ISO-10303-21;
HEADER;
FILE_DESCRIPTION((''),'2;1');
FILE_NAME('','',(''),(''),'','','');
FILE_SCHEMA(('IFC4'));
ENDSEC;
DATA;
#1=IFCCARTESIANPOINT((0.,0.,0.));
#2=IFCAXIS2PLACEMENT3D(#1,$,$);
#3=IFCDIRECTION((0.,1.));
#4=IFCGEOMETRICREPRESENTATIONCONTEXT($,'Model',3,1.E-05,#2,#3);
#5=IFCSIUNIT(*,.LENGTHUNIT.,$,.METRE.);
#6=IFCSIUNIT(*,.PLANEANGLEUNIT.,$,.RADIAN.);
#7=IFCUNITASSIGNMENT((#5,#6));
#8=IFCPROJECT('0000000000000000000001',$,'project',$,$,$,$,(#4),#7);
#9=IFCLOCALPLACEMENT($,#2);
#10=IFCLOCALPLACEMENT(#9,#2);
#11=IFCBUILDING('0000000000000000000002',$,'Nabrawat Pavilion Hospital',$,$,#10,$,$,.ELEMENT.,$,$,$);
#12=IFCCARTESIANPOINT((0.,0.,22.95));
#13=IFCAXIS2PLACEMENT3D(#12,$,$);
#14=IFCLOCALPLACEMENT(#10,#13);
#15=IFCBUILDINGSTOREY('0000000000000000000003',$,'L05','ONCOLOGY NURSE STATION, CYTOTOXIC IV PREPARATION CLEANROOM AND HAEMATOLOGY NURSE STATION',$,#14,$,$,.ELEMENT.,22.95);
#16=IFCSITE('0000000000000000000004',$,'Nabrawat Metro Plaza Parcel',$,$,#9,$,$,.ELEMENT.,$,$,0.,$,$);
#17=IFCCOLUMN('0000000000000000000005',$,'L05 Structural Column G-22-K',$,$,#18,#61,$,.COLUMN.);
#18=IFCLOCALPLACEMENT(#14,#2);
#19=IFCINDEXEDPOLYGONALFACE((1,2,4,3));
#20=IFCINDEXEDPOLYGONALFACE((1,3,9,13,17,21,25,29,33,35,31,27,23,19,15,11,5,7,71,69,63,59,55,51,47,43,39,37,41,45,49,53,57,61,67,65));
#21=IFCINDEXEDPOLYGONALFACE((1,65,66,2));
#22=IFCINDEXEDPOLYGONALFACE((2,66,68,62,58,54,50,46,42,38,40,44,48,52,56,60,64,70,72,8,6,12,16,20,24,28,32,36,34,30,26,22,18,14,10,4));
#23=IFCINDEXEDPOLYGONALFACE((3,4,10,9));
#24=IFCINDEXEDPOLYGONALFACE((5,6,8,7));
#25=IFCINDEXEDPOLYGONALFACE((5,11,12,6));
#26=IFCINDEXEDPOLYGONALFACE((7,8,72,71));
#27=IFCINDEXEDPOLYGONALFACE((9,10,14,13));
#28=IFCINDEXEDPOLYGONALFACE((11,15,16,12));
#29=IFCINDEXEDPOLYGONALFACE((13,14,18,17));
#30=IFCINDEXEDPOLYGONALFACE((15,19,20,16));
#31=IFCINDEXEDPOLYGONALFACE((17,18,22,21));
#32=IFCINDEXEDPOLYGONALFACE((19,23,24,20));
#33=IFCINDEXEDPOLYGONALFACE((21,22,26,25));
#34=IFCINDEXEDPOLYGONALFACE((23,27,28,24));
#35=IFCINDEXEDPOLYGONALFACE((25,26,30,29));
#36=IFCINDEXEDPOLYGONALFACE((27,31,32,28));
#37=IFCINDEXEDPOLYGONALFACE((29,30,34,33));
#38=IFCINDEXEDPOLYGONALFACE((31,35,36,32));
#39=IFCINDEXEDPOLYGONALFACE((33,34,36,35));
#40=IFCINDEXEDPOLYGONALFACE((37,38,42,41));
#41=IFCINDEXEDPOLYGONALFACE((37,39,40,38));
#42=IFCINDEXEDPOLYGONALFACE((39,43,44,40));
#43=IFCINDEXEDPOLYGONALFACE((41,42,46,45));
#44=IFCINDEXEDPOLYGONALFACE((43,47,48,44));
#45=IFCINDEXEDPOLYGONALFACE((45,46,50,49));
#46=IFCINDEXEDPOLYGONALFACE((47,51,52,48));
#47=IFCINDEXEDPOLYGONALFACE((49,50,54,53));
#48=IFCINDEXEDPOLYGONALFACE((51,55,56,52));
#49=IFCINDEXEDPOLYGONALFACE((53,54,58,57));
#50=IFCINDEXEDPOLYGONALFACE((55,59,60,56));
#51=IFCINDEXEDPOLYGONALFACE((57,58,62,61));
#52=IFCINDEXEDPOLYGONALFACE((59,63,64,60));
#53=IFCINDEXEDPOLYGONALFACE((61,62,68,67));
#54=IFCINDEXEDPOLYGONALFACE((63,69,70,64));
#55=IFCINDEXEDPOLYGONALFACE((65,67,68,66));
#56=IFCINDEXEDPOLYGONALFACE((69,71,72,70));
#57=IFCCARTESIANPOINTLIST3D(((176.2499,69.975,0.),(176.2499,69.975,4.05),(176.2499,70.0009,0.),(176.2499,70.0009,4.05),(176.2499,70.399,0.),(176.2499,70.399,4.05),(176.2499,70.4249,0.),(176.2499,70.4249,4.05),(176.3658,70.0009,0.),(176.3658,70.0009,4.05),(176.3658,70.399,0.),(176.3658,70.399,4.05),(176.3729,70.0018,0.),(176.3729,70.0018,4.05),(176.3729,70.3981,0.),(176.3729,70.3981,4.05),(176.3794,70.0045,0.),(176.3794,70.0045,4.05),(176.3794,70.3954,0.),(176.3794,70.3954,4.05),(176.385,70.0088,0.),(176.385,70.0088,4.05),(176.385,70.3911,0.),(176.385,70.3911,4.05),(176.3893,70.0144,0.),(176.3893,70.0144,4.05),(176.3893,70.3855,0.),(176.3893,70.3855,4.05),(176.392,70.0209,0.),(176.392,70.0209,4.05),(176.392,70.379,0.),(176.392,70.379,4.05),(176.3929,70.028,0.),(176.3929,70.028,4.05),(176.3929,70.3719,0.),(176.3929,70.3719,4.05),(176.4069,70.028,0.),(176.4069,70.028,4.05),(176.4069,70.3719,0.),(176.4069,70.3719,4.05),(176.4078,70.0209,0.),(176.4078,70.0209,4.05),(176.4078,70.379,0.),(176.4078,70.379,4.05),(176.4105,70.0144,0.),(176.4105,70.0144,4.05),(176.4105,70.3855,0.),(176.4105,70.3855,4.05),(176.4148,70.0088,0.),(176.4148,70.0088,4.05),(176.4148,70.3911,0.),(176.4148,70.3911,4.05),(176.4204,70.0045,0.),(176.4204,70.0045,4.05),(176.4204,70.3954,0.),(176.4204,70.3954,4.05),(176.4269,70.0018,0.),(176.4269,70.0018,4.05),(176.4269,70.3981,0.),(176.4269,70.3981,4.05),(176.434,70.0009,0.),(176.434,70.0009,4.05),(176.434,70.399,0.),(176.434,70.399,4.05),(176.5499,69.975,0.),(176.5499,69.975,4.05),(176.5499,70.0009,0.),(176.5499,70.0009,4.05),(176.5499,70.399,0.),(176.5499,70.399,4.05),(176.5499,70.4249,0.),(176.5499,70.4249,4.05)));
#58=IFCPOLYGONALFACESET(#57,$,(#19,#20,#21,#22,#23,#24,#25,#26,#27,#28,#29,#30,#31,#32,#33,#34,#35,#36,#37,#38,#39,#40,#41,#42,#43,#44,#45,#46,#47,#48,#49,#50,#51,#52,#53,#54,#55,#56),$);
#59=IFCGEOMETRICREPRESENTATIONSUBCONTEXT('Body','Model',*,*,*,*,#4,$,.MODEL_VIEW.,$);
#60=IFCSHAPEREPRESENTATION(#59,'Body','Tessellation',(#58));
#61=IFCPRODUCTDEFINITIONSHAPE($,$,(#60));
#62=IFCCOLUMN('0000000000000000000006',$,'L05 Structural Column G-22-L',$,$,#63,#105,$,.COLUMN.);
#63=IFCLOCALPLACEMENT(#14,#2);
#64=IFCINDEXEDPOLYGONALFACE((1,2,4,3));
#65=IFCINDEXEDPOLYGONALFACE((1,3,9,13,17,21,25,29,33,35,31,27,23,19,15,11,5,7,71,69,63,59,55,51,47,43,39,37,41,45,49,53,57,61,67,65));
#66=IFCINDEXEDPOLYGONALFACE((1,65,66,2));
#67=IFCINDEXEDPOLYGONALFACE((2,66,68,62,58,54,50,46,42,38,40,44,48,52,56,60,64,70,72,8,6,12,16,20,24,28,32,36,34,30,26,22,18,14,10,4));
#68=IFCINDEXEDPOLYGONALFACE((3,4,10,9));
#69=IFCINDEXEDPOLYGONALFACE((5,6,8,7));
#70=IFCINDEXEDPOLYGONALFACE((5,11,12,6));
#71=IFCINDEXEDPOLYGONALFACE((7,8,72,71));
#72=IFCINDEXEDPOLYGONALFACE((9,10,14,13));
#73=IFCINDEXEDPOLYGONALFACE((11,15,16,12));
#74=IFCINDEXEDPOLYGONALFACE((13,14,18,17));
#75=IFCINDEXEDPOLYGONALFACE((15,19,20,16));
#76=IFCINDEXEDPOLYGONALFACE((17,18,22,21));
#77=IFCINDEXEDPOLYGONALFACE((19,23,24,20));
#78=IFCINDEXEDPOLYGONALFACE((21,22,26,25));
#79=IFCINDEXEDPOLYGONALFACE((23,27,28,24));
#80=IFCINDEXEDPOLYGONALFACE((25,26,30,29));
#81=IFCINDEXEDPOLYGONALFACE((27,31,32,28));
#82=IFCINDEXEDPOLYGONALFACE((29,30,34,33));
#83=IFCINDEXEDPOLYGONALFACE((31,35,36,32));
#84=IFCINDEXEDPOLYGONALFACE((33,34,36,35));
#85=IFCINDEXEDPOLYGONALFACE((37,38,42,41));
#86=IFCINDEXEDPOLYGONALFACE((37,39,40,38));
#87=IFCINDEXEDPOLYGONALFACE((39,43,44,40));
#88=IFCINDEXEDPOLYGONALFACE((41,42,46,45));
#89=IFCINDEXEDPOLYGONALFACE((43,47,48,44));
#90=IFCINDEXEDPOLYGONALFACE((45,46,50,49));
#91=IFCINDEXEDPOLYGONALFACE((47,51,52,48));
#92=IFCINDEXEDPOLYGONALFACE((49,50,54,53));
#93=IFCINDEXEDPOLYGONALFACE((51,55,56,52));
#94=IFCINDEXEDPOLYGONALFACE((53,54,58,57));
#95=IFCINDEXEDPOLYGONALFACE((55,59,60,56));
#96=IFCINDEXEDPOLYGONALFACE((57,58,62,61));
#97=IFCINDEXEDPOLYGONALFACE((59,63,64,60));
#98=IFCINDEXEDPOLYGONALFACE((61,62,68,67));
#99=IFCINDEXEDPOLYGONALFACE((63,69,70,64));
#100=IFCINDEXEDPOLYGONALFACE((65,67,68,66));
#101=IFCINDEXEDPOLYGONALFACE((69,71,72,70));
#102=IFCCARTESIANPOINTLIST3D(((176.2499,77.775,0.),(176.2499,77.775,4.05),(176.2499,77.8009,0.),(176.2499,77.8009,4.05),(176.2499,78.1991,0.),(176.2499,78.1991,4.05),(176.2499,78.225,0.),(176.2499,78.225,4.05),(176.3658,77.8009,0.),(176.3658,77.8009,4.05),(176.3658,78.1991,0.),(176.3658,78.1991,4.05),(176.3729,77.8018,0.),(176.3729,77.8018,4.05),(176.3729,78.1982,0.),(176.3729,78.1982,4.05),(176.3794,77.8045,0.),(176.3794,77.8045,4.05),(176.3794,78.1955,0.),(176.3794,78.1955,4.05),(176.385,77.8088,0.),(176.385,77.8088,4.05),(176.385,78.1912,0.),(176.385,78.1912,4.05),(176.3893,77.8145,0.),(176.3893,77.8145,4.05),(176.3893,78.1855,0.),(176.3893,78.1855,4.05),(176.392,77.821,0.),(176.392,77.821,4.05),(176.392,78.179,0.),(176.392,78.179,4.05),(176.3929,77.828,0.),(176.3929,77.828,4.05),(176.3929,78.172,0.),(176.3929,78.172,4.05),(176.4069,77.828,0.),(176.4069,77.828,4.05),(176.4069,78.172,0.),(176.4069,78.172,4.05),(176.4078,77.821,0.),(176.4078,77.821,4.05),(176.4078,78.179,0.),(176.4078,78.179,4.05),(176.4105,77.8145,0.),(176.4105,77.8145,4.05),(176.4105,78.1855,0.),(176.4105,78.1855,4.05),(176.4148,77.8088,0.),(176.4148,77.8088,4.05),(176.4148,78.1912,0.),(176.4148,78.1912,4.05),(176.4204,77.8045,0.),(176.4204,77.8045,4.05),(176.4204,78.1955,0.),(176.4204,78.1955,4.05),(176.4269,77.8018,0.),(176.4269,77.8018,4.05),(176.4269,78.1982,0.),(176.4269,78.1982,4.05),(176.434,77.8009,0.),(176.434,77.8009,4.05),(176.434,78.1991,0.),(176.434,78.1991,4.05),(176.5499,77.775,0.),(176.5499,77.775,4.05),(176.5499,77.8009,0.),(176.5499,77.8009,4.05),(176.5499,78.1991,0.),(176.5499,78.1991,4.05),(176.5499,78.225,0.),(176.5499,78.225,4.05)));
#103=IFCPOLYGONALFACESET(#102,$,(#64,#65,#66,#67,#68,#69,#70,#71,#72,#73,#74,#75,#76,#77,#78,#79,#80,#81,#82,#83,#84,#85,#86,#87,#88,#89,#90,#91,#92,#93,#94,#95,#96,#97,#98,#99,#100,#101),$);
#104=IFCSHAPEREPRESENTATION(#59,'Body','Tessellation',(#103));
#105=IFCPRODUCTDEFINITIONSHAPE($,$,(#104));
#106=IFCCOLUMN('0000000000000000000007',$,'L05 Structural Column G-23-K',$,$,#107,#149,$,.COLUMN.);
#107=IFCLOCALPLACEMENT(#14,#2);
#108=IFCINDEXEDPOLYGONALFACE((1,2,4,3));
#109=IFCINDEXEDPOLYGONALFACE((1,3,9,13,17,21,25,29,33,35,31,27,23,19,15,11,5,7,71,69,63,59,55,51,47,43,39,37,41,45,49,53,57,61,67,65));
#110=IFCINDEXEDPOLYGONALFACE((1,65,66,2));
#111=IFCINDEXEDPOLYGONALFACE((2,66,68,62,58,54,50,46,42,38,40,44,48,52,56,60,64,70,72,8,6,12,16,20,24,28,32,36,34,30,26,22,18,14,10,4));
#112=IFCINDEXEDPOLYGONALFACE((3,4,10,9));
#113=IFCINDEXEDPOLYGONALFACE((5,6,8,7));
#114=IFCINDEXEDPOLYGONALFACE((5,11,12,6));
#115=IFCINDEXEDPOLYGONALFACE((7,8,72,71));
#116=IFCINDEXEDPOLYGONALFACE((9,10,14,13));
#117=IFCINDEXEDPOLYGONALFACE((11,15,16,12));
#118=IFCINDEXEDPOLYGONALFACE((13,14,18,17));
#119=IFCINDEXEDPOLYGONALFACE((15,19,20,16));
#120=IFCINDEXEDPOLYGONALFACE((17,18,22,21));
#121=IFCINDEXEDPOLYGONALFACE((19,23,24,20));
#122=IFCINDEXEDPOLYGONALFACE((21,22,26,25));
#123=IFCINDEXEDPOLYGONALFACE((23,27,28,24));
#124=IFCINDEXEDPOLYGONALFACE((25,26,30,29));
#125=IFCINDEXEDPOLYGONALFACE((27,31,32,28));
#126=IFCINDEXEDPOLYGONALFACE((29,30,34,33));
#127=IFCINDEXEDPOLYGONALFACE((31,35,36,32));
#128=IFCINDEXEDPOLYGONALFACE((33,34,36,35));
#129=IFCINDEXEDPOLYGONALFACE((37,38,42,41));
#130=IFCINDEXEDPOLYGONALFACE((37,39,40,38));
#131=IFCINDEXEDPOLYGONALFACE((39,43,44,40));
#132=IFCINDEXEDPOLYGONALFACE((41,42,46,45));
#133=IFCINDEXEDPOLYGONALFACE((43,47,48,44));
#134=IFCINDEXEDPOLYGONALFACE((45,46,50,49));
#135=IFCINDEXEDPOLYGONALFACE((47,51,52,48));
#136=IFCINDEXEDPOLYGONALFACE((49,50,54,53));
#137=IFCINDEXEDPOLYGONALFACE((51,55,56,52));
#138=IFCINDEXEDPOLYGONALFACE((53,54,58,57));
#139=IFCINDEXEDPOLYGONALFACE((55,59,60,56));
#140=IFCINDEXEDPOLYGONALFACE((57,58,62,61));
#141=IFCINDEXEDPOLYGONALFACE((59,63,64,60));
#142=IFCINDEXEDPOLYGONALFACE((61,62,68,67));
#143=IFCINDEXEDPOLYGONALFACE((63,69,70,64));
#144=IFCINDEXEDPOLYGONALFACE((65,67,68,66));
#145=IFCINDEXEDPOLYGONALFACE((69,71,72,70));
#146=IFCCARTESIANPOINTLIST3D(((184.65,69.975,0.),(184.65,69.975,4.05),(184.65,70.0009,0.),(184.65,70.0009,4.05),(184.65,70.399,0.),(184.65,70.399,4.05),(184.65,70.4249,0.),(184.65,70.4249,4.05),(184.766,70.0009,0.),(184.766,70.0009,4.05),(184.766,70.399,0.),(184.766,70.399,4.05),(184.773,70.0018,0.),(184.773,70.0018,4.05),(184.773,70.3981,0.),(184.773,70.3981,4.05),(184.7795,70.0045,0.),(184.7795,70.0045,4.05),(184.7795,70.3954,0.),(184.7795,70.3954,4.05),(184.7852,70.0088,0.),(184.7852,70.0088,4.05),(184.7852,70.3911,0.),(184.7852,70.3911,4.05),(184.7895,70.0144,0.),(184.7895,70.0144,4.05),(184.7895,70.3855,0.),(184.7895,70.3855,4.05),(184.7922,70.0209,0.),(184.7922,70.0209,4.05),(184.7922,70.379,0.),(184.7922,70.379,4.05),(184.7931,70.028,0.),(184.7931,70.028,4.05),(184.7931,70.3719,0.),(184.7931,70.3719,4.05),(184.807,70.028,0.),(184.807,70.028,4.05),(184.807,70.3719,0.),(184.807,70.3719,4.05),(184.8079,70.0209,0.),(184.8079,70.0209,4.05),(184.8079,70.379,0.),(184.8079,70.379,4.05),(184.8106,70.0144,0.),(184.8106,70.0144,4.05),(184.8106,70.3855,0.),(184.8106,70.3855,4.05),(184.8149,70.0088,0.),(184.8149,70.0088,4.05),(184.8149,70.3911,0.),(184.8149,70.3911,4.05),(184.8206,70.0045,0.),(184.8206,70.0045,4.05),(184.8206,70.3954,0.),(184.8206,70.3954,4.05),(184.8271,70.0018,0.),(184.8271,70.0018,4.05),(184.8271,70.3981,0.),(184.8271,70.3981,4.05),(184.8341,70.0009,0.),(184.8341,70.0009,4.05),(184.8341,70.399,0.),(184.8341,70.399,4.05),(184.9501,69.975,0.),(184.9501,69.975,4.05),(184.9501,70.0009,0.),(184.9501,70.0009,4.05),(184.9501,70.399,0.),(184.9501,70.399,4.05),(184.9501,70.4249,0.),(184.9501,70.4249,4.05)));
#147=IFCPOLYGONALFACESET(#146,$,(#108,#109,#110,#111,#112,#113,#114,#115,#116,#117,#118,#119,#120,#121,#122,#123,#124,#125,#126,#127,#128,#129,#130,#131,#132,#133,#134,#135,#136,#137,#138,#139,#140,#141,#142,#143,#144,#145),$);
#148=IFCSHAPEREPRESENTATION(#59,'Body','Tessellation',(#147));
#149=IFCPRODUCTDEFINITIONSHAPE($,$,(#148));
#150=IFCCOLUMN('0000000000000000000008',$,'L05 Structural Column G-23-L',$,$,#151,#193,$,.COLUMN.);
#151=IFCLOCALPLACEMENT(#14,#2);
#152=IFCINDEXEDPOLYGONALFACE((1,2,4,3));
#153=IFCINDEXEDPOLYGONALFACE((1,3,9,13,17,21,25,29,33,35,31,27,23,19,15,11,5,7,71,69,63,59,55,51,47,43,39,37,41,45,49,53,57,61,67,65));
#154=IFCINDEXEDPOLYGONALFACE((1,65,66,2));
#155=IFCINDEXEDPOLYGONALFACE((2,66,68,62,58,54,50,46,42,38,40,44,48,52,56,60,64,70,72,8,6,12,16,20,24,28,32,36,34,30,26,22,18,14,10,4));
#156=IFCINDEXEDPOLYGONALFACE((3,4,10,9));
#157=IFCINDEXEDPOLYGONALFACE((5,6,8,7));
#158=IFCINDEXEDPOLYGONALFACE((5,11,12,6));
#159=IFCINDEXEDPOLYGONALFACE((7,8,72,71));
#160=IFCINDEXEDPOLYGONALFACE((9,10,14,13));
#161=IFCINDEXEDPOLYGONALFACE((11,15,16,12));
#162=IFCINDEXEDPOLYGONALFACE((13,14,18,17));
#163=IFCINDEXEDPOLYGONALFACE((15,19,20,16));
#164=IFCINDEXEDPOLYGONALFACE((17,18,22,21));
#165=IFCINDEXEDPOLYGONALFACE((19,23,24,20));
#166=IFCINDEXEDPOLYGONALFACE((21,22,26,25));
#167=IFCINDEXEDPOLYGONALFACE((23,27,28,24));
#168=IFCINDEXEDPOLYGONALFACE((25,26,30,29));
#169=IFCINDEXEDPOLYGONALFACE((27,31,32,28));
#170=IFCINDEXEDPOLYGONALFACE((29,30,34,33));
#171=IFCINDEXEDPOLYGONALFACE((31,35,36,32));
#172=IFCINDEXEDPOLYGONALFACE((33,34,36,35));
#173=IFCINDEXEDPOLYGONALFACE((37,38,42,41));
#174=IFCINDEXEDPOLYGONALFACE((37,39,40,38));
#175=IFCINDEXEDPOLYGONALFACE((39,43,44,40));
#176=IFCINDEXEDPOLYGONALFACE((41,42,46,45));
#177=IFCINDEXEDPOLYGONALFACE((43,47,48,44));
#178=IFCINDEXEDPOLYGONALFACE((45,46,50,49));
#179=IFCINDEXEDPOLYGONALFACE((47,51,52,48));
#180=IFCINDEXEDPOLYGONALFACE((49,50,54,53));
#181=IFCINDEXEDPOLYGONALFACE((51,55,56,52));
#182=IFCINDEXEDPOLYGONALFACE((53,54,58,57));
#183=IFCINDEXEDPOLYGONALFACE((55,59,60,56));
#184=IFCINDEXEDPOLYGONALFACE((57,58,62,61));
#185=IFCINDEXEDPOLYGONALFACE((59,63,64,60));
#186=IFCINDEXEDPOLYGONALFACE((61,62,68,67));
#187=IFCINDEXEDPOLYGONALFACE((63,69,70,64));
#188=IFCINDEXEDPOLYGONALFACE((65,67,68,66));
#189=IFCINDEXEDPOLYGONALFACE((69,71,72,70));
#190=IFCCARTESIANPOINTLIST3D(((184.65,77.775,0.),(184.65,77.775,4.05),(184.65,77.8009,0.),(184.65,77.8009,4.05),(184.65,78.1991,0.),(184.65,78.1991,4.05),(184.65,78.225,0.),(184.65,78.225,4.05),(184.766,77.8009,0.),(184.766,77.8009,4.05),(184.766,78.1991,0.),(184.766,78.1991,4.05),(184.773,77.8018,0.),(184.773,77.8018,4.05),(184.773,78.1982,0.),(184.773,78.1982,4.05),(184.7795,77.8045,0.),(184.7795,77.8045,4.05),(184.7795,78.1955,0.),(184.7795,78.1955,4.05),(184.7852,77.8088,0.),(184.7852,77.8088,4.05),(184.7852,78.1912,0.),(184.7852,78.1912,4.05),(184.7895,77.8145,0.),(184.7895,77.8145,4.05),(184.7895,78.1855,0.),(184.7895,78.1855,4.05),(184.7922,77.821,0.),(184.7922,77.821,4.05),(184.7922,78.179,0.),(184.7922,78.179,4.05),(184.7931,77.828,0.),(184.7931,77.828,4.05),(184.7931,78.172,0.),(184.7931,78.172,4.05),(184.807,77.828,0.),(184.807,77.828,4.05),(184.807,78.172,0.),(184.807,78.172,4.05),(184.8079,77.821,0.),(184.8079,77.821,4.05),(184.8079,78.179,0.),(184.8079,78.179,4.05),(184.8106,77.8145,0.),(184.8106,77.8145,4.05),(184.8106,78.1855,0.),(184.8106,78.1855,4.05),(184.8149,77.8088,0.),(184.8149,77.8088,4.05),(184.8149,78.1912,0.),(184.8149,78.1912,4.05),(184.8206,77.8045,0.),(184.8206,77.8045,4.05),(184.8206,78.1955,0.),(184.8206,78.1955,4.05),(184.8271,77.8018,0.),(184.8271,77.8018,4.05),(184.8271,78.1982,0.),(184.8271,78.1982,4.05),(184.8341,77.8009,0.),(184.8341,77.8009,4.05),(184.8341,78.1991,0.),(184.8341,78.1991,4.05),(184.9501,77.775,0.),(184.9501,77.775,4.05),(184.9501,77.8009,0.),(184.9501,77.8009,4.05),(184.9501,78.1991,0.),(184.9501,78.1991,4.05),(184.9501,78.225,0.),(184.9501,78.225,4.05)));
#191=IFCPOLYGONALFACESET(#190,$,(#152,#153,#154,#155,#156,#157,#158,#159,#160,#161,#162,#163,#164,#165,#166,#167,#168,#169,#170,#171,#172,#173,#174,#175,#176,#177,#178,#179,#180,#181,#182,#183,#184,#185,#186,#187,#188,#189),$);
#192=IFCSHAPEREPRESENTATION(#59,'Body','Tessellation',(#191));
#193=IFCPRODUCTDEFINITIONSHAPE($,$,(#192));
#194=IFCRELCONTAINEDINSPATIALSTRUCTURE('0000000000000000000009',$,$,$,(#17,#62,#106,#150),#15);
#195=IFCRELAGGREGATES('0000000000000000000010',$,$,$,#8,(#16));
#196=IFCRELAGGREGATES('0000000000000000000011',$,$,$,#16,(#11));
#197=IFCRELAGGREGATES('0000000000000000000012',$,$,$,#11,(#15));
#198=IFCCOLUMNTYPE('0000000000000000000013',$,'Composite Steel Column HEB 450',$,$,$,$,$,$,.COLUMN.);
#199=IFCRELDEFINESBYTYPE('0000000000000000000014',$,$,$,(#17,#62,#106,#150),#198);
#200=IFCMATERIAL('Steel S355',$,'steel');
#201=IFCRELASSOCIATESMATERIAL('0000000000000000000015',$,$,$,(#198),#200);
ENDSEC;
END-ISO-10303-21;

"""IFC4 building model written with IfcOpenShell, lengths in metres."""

from ifc_helpers import new_model, si_unit, direction, frame, origin, origin_2d, place, context, subcontext, project, spatial, i_section, extrude, material, material_profile, profile_set, type_object, element, save


model = new_model("IFC4")

# Units and contexts
model_context = context("Model", 3, precision=1e-05, world=origin(), true_north=direction((0.0, 1.0)))
body_context = subcontext(model_context, "Body", "Model", "MODEL_VIEW")
ifc_project = project(units=[si_unit("LENGTHUNIT", "METRE"), si_unit("PLANEANGLEUNIT", "RADIAN")], contexts=[model_context])

# Site, building, storey
site_placement = place(None, origin())
site = spatial("IfcSite", under=ifc_project, at=site_placement, Name="Nabrawat Metro Plaza Parcel", CompositionType="ELEMENT", RefElevation=0.0)
building_placement = place(site_placement, origin())
building = spatial("IfcBuilding", under=site, at=building_placement, Name="Nabrawat Pavilion Hospital", CompositionType="ELEMENT")
storey_placement = place(building_placement, frame((0.0, 0.0, 22.95)))
storey = spatial("IfcBuildingStorey", under=building, at=storey_placement, Name="L05", Description="ONCOLOGY NURSE STATION, CYTOTOXIC IV PREPARATION CLEANROOM AND HAEMATOLOGY NURSE STATION", CompositionType="ELEMENT", Elevation=22.95)

# Columns
ifc_material_1 = material(Name="Steel S355", Category="steel")
ifc_material_profile_1 = material_profile(ifc_material_1, i_section(OverallWidth=0.3, OverallDepth=0.45, WebThickness=0.0139, FlangeThickness=0.0259, FilletRadius=0.0271, at=origin_2d()), Name="HEB 450")
ifc_profile_set_1 = profile_set([ifc_material_profile_1], Name="Steel S355")
column_type = type_object("IfcColumnType", Name="Composite Steel Column HEB 450", PredefinedType="COLUMN", material=ifc_profile_set_1)
for number, where, z_axis, x_axis, name in (
    (1, (176.3999, 70.2, 0.0), (0.0, 0.0, 1.0), (1.0, 0.0, 0.0), "L05 Structural Column G-22-K"),
    (2, (176.3999, 78.0, 0.0), (0.0, 0.0, 1.0), (1.0, 0.0, 0.0), "L05 Structural Column G-22-L"),
    (3, (184.8, 70.2, 0.0), (0.0, 0.0, 1.0), (1.0, 0.0, 0.0), "L05 Structural Column G-23-K"),
    (4, (184.8, 78.0, 0.0), (0.0, 0.0, 1.0), (1.0, 0.0, 0.0), "L05 Structural Column G-23-L"),
):
    element("IfcColumn", number, at=place(storey_placement, frame(where, z_axis=z_axis, x_axis=x_axis)), inside=storey, type_object=column_type, Name=name, PredefinedType="COLUMN", context=body_context, shape_type="SweptSolid", body=[
        extrude(i_section(OverallWidth=0.3, OverallDepth=0.45, WebThickness=0.0139, FlangeThickness=0.0259, FilletRadius=0.0271, at=origin_2d()), origin(), (0.0, 0.0, 1.0), 4.05),
    ])

save(model, "model.ifc")
